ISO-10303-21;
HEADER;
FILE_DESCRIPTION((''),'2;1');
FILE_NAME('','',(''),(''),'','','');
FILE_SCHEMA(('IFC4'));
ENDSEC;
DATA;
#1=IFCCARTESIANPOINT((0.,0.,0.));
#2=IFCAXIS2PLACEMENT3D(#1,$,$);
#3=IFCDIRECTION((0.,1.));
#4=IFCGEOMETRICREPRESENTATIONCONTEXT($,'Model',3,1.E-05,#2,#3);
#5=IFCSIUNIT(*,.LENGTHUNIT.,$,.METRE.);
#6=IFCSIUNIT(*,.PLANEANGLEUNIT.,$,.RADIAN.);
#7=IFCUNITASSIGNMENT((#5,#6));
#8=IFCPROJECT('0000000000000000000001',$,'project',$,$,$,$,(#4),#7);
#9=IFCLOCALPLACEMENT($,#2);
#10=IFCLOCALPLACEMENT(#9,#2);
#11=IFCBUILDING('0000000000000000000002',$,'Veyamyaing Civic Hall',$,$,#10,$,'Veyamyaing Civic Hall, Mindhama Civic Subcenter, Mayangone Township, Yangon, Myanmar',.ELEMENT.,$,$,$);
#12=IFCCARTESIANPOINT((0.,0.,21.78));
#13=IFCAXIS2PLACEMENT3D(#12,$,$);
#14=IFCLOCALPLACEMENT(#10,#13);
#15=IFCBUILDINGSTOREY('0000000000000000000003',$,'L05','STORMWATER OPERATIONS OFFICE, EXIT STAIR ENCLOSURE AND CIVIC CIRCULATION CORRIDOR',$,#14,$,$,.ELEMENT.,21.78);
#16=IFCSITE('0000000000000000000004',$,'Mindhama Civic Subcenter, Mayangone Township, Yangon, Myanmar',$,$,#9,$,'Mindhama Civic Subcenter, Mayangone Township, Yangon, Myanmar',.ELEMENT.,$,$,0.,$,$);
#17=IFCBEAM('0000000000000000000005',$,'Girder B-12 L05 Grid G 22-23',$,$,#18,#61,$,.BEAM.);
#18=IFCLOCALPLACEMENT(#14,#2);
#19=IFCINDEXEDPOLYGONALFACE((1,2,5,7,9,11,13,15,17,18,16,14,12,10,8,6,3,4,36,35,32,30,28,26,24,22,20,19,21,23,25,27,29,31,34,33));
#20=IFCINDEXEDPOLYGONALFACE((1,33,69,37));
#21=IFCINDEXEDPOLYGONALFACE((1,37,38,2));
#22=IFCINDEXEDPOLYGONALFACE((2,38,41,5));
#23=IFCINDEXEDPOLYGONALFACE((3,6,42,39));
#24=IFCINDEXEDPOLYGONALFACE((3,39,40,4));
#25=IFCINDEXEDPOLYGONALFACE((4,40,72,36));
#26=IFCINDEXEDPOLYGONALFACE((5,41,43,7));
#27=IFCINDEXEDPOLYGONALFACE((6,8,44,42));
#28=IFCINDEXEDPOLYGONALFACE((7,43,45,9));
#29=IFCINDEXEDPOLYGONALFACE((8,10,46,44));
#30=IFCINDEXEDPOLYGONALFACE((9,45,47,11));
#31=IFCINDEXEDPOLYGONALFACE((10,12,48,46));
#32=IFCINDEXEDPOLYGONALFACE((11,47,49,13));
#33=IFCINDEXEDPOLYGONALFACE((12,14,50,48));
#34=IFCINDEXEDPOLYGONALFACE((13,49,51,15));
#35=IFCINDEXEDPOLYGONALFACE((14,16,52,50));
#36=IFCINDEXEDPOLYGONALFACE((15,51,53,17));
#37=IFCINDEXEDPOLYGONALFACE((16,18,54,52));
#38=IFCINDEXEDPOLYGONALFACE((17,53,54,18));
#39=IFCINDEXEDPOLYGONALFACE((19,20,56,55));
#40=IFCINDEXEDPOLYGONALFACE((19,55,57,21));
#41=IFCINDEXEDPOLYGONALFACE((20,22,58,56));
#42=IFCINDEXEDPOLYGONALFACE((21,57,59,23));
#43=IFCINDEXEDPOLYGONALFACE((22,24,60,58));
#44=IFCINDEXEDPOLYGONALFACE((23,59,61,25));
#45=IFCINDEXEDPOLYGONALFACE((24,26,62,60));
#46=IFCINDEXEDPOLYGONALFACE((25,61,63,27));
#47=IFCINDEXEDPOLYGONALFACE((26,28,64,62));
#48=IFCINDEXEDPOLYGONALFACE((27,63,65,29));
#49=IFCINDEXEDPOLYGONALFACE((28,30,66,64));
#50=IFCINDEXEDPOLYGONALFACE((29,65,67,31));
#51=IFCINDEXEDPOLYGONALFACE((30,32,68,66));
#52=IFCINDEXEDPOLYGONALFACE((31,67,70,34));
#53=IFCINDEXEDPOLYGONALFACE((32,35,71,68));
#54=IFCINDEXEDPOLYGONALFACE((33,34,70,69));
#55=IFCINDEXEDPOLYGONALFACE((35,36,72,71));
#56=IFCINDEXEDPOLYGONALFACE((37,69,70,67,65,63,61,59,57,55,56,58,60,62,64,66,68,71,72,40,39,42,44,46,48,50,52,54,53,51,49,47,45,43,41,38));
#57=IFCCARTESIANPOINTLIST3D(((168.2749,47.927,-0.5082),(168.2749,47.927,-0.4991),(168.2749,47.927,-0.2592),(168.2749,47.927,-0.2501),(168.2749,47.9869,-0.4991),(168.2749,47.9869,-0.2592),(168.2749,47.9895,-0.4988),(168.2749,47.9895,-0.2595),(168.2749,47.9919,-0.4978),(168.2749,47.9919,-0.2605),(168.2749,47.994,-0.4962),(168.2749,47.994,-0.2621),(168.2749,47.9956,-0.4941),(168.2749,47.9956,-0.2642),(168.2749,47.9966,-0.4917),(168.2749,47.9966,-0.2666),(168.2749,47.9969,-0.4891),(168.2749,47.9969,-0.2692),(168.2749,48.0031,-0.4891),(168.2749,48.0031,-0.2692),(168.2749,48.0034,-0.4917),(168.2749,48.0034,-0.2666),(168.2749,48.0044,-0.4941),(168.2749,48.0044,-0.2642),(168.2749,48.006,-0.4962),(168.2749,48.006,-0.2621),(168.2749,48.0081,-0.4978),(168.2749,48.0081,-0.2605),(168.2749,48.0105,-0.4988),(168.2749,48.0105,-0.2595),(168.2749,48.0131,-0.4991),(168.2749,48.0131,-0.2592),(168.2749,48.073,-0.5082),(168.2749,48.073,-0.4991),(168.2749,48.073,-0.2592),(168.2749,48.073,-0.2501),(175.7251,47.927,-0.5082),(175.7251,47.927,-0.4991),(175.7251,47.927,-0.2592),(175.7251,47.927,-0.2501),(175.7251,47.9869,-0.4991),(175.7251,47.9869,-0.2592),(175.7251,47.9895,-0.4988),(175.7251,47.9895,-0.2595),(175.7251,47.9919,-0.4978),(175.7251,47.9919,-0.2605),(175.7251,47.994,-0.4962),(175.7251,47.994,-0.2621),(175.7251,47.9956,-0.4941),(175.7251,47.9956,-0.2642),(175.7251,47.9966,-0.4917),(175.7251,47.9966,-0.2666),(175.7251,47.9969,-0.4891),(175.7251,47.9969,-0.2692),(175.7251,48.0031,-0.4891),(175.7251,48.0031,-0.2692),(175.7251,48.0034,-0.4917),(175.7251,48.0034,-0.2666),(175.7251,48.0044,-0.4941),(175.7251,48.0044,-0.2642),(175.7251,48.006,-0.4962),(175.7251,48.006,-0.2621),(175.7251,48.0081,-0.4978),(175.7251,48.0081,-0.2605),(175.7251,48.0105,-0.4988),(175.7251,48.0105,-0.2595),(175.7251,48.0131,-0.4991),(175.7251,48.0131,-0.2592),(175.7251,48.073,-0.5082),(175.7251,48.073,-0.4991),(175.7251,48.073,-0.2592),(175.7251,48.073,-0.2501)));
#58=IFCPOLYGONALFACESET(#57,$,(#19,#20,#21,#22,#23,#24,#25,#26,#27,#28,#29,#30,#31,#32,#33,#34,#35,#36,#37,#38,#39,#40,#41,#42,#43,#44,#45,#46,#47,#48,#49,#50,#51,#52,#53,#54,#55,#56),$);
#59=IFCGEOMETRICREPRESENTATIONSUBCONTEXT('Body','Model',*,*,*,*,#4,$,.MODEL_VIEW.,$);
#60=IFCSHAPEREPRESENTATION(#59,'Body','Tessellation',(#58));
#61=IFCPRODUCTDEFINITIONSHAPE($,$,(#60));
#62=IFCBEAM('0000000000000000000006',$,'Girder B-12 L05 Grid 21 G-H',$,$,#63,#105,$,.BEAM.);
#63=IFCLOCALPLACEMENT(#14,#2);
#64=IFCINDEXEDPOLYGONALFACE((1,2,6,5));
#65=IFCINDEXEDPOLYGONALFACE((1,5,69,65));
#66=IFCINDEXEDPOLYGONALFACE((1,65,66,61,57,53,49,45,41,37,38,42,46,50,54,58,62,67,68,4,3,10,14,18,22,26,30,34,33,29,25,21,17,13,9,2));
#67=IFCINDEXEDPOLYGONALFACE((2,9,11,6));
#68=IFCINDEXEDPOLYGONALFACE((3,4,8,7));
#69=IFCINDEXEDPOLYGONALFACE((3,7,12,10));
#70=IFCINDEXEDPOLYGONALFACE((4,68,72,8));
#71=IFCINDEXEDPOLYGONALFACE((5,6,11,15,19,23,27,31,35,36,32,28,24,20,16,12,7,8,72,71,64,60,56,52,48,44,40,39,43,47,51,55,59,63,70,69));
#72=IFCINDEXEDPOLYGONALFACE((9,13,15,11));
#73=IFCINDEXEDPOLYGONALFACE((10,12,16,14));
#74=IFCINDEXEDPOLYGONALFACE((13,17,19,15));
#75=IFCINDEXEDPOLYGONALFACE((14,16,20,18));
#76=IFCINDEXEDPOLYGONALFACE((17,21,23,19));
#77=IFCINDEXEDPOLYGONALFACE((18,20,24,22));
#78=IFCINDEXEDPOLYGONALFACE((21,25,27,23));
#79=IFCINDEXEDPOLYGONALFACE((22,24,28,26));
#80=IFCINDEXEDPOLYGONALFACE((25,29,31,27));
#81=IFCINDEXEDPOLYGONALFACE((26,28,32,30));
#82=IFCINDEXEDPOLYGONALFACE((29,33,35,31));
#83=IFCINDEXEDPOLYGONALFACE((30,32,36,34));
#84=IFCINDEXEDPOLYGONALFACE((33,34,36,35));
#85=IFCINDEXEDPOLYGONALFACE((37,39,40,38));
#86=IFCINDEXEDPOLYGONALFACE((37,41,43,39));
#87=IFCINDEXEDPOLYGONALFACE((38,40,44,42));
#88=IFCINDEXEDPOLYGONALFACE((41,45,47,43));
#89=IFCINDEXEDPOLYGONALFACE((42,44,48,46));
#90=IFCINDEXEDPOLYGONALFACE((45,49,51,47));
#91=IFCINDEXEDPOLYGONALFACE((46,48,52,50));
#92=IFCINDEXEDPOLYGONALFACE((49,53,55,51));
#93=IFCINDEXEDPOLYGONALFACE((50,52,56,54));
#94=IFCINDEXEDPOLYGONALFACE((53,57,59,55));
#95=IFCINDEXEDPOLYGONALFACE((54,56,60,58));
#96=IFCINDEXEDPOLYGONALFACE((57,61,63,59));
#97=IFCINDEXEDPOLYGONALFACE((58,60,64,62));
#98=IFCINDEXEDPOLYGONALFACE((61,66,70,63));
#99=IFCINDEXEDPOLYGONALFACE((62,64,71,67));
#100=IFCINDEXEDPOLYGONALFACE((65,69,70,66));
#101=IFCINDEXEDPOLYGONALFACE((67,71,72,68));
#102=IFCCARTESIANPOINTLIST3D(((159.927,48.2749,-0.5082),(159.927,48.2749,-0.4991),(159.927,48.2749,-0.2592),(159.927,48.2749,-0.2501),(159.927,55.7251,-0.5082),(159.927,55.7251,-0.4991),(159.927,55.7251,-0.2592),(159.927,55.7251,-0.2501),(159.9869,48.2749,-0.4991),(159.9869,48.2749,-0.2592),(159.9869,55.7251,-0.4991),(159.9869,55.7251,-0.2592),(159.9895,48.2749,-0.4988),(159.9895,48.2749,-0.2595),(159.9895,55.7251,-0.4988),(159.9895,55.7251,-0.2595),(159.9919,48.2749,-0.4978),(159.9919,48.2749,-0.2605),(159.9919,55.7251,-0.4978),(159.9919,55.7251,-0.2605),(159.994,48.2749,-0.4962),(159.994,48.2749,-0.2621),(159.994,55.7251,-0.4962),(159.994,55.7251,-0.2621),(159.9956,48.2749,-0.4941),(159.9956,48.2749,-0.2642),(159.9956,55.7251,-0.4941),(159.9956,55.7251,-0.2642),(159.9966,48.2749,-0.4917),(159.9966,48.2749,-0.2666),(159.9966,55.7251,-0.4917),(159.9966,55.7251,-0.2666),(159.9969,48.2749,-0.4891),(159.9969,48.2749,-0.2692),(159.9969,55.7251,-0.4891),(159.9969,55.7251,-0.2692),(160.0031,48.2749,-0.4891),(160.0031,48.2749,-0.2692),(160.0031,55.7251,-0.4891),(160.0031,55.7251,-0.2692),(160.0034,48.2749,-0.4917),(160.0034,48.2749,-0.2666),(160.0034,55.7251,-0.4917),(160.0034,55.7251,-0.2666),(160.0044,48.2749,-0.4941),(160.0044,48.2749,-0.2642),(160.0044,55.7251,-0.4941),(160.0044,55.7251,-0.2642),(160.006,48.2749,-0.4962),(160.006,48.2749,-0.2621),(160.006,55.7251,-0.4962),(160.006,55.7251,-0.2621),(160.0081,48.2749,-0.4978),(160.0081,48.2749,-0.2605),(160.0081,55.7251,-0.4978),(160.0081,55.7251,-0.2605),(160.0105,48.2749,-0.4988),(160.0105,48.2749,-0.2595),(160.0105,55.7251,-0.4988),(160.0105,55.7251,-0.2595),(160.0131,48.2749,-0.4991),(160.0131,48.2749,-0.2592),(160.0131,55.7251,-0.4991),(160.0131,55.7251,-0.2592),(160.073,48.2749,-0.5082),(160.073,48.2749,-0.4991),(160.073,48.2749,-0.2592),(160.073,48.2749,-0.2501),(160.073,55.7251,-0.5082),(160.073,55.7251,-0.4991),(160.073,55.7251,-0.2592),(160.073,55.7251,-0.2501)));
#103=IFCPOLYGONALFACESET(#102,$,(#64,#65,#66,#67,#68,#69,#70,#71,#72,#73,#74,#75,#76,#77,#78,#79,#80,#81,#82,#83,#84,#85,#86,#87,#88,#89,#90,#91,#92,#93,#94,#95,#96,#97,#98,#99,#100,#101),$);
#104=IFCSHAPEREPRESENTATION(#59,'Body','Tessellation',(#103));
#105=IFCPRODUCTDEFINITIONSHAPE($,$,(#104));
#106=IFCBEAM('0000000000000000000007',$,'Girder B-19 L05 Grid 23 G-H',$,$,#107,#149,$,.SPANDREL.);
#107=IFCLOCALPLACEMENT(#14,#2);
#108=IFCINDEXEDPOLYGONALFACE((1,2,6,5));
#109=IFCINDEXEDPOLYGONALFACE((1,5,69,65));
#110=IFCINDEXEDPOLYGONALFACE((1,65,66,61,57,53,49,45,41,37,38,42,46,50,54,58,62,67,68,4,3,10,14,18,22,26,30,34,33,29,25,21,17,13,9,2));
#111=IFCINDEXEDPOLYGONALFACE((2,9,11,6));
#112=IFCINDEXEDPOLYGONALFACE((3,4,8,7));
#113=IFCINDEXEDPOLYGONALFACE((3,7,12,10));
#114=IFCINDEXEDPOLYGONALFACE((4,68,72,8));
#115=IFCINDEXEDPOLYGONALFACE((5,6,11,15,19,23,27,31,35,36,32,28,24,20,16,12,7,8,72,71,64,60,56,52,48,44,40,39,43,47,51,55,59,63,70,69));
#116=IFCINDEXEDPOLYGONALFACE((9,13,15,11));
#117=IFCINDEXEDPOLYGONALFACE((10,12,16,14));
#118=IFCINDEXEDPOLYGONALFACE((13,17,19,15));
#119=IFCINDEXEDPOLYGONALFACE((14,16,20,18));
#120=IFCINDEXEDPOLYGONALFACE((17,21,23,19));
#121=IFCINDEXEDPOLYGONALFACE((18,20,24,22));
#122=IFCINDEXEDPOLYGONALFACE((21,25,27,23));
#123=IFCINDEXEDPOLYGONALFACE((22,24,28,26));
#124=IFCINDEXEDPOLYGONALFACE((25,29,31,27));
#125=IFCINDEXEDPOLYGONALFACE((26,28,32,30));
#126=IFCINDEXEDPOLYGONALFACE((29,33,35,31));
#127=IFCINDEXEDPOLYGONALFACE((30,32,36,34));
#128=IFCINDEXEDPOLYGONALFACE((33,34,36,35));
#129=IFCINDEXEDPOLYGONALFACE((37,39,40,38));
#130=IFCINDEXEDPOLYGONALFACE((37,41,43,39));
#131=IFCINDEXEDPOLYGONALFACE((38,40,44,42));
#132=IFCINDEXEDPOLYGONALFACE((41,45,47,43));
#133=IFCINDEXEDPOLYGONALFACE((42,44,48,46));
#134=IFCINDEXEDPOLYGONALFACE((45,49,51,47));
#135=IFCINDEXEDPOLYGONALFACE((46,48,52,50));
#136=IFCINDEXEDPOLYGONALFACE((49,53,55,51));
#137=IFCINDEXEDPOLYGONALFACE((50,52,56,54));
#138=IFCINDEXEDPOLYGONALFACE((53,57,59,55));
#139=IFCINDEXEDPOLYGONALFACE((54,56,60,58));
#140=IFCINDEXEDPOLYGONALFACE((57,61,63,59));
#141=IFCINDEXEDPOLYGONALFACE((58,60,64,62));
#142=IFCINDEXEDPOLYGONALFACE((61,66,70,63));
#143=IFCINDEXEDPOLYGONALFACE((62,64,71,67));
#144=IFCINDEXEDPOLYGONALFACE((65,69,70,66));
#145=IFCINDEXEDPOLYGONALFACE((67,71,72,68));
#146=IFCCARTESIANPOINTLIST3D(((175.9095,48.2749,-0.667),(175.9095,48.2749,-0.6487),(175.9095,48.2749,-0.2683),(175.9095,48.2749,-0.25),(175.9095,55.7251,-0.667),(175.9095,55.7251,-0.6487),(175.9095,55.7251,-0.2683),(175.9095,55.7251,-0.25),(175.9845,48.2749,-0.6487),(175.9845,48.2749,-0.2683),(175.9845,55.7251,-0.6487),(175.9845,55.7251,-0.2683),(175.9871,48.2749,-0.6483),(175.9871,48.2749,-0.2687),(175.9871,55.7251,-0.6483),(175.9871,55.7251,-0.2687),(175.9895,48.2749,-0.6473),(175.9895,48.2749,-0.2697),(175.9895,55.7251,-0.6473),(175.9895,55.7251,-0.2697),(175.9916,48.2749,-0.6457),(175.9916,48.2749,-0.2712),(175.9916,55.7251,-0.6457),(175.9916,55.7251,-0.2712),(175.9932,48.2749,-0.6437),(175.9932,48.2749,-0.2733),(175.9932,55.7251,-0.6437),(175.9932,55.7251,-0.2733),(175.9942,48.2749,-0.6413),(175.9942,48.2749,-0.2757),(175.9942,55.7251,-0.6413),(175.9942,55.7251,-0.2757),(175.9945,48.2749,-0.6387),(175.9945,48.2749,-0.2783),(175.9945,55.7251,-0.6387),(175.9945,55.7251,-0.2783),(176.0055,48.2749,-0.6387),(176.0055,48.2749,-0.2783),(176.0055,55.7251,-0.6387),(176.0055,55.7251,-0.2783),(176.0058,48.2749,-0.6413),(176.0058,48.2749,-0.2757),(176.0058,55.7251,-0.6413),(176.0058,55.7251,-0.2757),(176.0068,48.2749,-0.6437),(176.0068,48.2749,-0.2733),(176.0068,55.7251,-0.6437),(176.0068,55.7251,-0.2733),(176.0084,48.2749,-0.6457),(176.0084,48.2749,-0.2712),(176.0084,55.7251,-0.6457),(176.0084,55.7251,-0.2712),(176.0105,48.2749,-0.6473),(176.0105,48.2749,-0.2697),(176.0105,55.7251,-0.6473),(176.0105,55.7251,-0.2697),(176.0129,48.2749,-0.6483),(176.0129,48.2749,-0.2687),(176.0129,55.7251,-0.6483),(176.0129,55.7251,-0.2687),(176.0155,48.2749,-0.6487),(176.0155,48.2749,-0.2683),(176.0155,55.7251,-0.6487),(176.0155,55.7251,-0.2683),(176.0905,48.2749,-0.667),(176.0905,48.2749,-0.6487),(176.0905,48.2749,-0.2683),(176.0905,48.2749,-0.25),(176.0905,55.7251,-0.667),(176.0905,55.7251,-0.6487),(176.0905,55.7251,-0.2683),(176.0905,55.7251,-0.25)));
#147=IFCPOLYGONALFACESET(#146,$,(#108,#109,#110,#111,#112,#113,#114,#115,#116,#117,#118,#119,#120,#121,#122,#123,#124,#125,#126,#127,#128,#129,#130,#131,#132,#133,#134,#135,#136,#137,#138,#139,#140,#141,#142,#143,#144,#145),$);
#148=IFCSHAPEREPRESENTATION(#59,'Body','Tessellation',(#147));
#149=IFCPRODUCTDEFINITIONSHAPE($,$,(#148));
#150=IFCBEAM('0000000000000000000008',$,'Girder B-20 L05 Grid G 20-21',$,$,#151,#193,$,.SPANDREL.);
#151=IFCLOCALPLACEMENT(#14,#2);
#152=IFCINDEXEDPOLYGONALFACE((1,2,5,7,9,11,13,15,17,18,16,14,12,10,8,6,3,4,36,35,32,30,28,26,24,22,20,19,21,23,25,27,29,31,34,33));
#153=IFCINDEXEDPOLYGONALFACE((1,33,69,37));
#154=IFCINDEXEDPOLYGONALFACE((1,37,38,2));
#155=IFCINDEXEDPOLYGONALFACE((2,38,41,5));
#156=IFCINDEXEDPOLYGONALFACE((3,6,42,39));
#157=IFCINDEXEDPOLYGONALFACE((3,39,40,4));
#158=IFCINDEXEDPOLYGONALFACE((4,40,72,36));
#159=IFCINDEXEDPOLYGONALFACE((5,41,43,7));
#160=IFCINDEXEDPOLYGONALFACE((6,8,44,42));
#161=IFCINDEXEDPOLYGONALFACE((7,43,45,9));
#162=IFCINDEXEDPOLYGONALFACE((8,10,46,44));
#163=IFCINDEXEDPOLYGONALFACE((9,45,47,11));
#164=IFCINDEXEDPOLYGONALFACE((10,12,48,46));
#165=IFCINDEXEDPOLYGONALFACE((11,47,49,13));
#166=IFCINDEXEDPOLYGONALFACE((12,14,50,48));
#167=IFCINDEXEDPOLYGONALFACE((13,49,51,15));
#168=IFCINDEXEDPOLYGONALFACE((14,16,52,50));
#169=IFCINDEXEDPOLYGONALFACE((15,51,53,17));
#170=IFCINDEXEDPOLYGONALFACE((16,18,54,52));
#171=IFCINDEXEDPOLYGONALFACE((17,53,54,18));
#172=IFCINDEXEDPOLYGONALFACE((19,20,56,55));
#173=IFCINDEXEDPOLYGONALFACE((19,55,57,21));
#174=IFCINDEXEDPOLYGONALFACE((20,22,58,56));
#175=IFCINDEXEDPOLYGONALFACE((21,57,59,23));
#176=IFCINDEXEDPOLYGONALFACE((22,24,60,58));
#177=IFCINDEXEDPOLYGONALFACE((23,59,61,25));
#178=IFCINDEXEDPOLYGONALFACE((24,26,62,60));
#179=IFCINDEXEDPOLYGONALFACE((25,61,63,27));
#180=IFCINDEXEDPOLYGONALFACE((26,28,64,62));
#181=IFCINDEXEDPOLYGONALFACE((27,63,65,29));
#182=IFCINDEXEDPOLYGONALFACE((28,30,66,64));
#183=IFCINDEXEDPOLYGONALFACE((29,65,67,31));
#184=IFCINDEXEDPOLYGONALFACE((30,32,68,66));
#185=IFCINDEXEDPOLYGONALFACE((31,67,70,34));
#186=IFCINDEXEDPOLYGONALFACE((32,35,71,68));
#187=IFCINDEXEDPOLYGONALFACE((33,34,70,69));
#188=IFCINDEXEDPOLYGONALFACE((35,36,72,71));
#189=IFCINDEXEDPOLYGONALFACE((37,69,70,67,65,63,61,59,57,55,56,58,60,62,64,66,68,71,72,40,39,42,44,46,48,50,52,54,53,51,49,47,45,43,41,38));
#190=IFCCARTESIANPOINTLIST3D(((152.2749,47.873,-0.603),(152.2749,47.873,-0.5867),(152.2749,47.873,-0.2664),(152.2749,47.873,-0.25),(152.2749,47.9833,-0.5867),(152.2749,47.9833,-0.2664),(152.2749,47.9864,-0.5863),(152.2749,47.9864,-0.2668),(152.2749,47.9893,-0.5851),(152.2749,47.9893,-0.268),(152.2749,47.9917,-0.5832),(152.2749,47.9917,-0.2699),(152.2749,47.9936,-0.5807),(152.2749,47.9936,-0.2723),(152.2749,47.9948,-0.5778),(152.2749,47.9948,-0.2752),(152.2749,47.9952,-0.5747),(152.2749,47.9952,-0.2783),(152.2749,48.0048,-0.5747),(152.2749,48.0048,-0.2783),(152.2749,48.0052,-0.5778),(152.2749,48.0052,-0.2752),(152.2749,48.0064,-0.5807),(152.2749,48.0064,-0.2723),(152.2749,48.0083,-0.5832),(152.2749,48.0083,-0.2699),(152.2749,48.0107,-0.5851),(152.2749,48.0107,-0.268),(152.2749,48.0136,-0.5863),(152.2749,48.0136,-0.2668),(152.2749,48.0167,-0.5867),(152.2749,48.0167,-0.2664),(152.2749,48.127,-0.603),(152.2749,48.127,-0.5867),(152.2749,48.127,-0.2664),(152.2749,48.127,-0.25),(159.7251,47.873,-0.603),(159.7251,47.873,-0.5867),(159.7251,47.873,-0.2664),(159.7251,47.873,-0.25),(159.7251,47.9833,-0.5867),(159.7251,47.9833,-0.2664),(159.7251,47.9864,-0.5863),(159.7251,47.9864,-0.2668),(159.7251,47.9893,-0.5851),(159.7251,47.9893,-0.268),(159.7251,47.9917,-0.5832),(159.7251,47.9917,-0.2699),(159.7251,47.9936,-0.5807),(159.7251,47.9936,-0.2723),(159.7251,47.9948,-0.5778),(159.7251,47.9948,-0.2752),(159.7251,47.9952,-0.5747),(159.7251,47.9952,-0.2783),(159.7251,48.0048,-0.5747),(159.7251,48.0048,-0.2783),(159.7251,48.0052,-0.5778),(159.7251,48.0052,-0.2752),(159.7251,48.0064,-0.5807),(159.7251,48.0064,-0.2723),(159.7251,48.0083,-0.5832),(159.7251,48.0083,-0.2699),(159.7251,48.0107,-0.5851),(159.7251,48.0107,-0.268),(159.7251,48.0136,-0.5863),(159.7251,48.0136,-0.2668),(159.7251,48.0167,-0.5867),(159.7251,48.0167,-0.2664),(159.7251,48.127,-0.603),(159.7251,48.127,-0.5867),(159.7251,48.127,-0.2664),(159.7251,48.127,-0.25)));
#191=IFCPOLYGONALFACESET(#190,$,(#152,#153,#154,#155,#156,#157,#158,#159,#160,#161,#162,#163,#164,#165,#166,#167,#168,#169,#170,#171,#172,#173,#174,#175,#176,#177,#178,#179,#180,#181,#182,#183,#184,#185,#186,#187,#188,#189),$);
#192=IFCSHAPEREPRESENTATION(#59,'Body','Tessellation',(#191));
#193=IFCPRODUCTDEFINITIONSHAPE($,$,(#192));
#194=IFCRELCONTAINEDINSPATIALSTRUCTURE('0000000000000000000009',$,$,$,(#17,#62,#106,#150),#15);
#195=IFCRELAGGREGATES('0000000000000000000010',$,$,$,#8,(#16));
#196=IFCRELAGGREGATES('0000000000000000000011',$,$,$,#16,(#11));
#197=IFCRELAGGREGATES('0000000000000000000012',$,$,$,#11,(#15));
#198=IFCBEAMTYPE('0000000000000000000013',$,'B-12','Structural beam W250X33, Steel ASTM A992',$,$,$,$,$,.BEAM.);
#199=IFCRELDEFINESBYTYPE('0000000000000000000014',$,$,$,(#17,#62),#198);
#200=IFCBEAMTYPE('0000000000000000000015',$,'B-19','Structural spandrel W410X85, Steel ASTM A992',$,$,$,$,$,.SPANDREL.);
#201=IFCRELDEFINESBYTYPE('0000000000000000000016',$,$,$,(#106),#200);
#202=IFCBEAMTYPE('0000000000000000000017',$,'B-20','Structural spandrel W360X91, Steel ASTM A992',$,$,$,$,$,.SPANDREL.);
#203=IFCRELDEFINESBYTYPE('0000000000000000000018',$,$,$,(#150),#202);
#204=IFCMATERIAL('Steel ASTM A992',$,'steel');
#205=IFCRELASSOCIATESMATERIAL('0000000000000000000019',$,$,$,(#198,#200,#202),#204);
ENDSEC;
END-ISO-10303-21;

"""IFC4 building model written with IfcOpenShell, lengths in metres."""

from ifc_helpers import new_model, si_unit, direction, frame, origin, origin_2d, place, context, subcontext, project, spatial, i_section, extrude, material, material_profile, profile_set, type_object, element, save


model = new_model("IFC4")

# Units and contexts
model_context = context("Model", 3, precision=1e-05, world=origin(), true_north=direction((0.0, 1.0)))
body_context = subcontext(model_context, "Body", "Model", "MODEL_VIEW")
ifc_project = project(units=[si_unit("LENGTHUNIT", "METRE"), si_unit("PLANEANGLEUNIT", "RADIAN")], contexts=[model_context])

# Site, building, storey
site_placement = place(None, origin())
site = spatial("IfcSite", under=ifc_project, at=site_placement, Name="Mindhama Civic Subcenter, Mayangone Township, Yangon, Myanmar", LongName="Mindhama Civic Subcenter, Mayangone Township, Yangon, Myanmar", CompositionType="ELEMENT", RefElevation=0.0)
building_placement = place(site_placement, origin())
building = spatial("IfcBuilding", under=site, at=building_placement, Name="Veyamyaing Civic Hall", LongName="Veyamyaing Civic Hall, Mindhama Civic Subcenter, Mayangone Township, Yangon, Myanmar", CompositionType="ELEMENT")
storey_placement = place(building_placement, frame((0.0, 0.0, 21.78)))
storey = spatial("IfcBuildingStorey", under=building, at=storey_placement, Name="L05", Description="STORMWATER OPERATIONS OFFICE, EXIT STAIR ENCLOSURE AND CIVIC CIRCULATION CORRIDOR", CompositionType="ELEMENT", Elevation=21.78)

# Beams
ifc_material = material(Name="Steel ASTM A992", Category="steel")
ifc_material_profile_1 = material_profile(ifc_material, i_section(OverallWidth=0.146, OverallDepth=0.2581, WebThickness=0.0061, FlangeThickness=0.009, FilletRadius=0.01, at=origin_2d()), Name="W250X33")
ifc_profile_set_1 = profile_set([ifc_material_profile_1], Name="Steel ASTM A992")
beam_type_1 = type_object("IfcBeamType", Name="B-12", Description="Structural beam W250X33, Steel ASTM A992", PredefinedType="BEAM", material=ifc_profile_set_1)
for number, where, z_axis, x_axis, name in (
    (1, (168.2749, 48.0, -0.3792), (1.0, 0.0, 0.0), (0.0, 1.0, 0.0), "Girder B-12 L05 Grid G 22-23"),
    (2, (160.0, 48.2749, -0.3792), (0.0, 1.0, 0.0), (-1.0, 0.0, 0.0), "Girder B-12 L05 Grid 21 G-H"),
):
    element("IfcBeam", number, at=place(storey_placement, frame(where, z_axis=z_axis, x_axis=x_axis)), inside=storey, type_object=beam_type_1, Name=name, PredefinedType="BEAM", context=body_context, shape_type="SweptSolid", body=[
        extrude(i_section(OverallWidth=0.146, OverallDepth=0.2581, WebThickness=0.0061, FlangeThickness=0.009, FilletRadius=0.01, at=origin_2d()), origin(), (0.0, 0.0, 1.0), 7.4502),
    ])
ifc_material_profile_2 = material_profile(ifc_material, i_section(OverallWidth=0.1809, OverallDepth=0.417, WebThickness=0.011, FlangeThickness=0.0183, FilletRadius=0.01, at=origin_2d()), Name="W410X85")
ifc_profile_set_2 = profile_set([ifc_material_profile_2], Name="Steel ASTM A992")
beam_type_2 = type_object("IfcBeamType", Name="B-19", Description="Structural spandrel W410X85, Steel ASTM A992", PredefinedType="SPANDREL", material=ifc_profile_set_2)
beam_1_placement = place(storey_placement, frame((176.0, 48.2749, -0.4585), z_axis=(0.0, 1.0, 0.0), x_axis=(-1.0, 0.0, 0.0)))
element("IfcBeam", 3, at=beam_1_placement, inside=storey, type_object=beam_type_2, Name="Girder B-19 L05 Grid 23 G-H", PredefinedType="SPANDREL", context=body_context, shape_type="SweptSolid", body=[
    extrude(i_section(OverallWidth=0.1809, OverallDepth=0.417, WebThickness=0.011, FlangeThickness=0.0183, FilletRadius=0.01, at=origin_2d()), origin(), (0.0, 0.0, 1.0), 7.4502),
])
ifc_material_profile_3 = material_profile(ifc_material, i_section(OverallWidth=0.2539, OverallDepth=0.353, WebThickness=0.0095, FlangeThickness=0.0164, FilletRadius=0.012, at=origin_2d()), Name="W360X91")
ifc_profile_set_3 = profile_set([ifc_material_profile_3], Name="Steel ASTM A992")
beam_type_3 = type_object("IfcBeamType", Name="B-20", Description="Structural spandrel W360X91, Steel ASTM A992", PredefinedType="SPANDREL", material=ifc_profile_set_3)
beam_2_placement = place(storey_placement, frame((152.2749, 48.0, -0.4265), z_axis=(1.0, 0.0, 0.0), x_axis=(0.0, 1.0, 0.0)))
element("IfcBeam", 4, at=beam_2_placement, inside=storey, type_object=beam_type_3, Name="Girder B-20 L05 Grid G 20-21", PredefinedType="SPANDREL", context=body_context, shape_type="SweptSolid", body=[
    extrude(i_section(OverallWidth=0.2539, OverallDepth=0.353, WebThickness=0.0095, FlangeThickness=0.0164, FilletRadius=0.012, at=origin_2d()), origin(), (0.0, 0.0, 1.0), 7.4502),
])

save(model, "model.ifc")
